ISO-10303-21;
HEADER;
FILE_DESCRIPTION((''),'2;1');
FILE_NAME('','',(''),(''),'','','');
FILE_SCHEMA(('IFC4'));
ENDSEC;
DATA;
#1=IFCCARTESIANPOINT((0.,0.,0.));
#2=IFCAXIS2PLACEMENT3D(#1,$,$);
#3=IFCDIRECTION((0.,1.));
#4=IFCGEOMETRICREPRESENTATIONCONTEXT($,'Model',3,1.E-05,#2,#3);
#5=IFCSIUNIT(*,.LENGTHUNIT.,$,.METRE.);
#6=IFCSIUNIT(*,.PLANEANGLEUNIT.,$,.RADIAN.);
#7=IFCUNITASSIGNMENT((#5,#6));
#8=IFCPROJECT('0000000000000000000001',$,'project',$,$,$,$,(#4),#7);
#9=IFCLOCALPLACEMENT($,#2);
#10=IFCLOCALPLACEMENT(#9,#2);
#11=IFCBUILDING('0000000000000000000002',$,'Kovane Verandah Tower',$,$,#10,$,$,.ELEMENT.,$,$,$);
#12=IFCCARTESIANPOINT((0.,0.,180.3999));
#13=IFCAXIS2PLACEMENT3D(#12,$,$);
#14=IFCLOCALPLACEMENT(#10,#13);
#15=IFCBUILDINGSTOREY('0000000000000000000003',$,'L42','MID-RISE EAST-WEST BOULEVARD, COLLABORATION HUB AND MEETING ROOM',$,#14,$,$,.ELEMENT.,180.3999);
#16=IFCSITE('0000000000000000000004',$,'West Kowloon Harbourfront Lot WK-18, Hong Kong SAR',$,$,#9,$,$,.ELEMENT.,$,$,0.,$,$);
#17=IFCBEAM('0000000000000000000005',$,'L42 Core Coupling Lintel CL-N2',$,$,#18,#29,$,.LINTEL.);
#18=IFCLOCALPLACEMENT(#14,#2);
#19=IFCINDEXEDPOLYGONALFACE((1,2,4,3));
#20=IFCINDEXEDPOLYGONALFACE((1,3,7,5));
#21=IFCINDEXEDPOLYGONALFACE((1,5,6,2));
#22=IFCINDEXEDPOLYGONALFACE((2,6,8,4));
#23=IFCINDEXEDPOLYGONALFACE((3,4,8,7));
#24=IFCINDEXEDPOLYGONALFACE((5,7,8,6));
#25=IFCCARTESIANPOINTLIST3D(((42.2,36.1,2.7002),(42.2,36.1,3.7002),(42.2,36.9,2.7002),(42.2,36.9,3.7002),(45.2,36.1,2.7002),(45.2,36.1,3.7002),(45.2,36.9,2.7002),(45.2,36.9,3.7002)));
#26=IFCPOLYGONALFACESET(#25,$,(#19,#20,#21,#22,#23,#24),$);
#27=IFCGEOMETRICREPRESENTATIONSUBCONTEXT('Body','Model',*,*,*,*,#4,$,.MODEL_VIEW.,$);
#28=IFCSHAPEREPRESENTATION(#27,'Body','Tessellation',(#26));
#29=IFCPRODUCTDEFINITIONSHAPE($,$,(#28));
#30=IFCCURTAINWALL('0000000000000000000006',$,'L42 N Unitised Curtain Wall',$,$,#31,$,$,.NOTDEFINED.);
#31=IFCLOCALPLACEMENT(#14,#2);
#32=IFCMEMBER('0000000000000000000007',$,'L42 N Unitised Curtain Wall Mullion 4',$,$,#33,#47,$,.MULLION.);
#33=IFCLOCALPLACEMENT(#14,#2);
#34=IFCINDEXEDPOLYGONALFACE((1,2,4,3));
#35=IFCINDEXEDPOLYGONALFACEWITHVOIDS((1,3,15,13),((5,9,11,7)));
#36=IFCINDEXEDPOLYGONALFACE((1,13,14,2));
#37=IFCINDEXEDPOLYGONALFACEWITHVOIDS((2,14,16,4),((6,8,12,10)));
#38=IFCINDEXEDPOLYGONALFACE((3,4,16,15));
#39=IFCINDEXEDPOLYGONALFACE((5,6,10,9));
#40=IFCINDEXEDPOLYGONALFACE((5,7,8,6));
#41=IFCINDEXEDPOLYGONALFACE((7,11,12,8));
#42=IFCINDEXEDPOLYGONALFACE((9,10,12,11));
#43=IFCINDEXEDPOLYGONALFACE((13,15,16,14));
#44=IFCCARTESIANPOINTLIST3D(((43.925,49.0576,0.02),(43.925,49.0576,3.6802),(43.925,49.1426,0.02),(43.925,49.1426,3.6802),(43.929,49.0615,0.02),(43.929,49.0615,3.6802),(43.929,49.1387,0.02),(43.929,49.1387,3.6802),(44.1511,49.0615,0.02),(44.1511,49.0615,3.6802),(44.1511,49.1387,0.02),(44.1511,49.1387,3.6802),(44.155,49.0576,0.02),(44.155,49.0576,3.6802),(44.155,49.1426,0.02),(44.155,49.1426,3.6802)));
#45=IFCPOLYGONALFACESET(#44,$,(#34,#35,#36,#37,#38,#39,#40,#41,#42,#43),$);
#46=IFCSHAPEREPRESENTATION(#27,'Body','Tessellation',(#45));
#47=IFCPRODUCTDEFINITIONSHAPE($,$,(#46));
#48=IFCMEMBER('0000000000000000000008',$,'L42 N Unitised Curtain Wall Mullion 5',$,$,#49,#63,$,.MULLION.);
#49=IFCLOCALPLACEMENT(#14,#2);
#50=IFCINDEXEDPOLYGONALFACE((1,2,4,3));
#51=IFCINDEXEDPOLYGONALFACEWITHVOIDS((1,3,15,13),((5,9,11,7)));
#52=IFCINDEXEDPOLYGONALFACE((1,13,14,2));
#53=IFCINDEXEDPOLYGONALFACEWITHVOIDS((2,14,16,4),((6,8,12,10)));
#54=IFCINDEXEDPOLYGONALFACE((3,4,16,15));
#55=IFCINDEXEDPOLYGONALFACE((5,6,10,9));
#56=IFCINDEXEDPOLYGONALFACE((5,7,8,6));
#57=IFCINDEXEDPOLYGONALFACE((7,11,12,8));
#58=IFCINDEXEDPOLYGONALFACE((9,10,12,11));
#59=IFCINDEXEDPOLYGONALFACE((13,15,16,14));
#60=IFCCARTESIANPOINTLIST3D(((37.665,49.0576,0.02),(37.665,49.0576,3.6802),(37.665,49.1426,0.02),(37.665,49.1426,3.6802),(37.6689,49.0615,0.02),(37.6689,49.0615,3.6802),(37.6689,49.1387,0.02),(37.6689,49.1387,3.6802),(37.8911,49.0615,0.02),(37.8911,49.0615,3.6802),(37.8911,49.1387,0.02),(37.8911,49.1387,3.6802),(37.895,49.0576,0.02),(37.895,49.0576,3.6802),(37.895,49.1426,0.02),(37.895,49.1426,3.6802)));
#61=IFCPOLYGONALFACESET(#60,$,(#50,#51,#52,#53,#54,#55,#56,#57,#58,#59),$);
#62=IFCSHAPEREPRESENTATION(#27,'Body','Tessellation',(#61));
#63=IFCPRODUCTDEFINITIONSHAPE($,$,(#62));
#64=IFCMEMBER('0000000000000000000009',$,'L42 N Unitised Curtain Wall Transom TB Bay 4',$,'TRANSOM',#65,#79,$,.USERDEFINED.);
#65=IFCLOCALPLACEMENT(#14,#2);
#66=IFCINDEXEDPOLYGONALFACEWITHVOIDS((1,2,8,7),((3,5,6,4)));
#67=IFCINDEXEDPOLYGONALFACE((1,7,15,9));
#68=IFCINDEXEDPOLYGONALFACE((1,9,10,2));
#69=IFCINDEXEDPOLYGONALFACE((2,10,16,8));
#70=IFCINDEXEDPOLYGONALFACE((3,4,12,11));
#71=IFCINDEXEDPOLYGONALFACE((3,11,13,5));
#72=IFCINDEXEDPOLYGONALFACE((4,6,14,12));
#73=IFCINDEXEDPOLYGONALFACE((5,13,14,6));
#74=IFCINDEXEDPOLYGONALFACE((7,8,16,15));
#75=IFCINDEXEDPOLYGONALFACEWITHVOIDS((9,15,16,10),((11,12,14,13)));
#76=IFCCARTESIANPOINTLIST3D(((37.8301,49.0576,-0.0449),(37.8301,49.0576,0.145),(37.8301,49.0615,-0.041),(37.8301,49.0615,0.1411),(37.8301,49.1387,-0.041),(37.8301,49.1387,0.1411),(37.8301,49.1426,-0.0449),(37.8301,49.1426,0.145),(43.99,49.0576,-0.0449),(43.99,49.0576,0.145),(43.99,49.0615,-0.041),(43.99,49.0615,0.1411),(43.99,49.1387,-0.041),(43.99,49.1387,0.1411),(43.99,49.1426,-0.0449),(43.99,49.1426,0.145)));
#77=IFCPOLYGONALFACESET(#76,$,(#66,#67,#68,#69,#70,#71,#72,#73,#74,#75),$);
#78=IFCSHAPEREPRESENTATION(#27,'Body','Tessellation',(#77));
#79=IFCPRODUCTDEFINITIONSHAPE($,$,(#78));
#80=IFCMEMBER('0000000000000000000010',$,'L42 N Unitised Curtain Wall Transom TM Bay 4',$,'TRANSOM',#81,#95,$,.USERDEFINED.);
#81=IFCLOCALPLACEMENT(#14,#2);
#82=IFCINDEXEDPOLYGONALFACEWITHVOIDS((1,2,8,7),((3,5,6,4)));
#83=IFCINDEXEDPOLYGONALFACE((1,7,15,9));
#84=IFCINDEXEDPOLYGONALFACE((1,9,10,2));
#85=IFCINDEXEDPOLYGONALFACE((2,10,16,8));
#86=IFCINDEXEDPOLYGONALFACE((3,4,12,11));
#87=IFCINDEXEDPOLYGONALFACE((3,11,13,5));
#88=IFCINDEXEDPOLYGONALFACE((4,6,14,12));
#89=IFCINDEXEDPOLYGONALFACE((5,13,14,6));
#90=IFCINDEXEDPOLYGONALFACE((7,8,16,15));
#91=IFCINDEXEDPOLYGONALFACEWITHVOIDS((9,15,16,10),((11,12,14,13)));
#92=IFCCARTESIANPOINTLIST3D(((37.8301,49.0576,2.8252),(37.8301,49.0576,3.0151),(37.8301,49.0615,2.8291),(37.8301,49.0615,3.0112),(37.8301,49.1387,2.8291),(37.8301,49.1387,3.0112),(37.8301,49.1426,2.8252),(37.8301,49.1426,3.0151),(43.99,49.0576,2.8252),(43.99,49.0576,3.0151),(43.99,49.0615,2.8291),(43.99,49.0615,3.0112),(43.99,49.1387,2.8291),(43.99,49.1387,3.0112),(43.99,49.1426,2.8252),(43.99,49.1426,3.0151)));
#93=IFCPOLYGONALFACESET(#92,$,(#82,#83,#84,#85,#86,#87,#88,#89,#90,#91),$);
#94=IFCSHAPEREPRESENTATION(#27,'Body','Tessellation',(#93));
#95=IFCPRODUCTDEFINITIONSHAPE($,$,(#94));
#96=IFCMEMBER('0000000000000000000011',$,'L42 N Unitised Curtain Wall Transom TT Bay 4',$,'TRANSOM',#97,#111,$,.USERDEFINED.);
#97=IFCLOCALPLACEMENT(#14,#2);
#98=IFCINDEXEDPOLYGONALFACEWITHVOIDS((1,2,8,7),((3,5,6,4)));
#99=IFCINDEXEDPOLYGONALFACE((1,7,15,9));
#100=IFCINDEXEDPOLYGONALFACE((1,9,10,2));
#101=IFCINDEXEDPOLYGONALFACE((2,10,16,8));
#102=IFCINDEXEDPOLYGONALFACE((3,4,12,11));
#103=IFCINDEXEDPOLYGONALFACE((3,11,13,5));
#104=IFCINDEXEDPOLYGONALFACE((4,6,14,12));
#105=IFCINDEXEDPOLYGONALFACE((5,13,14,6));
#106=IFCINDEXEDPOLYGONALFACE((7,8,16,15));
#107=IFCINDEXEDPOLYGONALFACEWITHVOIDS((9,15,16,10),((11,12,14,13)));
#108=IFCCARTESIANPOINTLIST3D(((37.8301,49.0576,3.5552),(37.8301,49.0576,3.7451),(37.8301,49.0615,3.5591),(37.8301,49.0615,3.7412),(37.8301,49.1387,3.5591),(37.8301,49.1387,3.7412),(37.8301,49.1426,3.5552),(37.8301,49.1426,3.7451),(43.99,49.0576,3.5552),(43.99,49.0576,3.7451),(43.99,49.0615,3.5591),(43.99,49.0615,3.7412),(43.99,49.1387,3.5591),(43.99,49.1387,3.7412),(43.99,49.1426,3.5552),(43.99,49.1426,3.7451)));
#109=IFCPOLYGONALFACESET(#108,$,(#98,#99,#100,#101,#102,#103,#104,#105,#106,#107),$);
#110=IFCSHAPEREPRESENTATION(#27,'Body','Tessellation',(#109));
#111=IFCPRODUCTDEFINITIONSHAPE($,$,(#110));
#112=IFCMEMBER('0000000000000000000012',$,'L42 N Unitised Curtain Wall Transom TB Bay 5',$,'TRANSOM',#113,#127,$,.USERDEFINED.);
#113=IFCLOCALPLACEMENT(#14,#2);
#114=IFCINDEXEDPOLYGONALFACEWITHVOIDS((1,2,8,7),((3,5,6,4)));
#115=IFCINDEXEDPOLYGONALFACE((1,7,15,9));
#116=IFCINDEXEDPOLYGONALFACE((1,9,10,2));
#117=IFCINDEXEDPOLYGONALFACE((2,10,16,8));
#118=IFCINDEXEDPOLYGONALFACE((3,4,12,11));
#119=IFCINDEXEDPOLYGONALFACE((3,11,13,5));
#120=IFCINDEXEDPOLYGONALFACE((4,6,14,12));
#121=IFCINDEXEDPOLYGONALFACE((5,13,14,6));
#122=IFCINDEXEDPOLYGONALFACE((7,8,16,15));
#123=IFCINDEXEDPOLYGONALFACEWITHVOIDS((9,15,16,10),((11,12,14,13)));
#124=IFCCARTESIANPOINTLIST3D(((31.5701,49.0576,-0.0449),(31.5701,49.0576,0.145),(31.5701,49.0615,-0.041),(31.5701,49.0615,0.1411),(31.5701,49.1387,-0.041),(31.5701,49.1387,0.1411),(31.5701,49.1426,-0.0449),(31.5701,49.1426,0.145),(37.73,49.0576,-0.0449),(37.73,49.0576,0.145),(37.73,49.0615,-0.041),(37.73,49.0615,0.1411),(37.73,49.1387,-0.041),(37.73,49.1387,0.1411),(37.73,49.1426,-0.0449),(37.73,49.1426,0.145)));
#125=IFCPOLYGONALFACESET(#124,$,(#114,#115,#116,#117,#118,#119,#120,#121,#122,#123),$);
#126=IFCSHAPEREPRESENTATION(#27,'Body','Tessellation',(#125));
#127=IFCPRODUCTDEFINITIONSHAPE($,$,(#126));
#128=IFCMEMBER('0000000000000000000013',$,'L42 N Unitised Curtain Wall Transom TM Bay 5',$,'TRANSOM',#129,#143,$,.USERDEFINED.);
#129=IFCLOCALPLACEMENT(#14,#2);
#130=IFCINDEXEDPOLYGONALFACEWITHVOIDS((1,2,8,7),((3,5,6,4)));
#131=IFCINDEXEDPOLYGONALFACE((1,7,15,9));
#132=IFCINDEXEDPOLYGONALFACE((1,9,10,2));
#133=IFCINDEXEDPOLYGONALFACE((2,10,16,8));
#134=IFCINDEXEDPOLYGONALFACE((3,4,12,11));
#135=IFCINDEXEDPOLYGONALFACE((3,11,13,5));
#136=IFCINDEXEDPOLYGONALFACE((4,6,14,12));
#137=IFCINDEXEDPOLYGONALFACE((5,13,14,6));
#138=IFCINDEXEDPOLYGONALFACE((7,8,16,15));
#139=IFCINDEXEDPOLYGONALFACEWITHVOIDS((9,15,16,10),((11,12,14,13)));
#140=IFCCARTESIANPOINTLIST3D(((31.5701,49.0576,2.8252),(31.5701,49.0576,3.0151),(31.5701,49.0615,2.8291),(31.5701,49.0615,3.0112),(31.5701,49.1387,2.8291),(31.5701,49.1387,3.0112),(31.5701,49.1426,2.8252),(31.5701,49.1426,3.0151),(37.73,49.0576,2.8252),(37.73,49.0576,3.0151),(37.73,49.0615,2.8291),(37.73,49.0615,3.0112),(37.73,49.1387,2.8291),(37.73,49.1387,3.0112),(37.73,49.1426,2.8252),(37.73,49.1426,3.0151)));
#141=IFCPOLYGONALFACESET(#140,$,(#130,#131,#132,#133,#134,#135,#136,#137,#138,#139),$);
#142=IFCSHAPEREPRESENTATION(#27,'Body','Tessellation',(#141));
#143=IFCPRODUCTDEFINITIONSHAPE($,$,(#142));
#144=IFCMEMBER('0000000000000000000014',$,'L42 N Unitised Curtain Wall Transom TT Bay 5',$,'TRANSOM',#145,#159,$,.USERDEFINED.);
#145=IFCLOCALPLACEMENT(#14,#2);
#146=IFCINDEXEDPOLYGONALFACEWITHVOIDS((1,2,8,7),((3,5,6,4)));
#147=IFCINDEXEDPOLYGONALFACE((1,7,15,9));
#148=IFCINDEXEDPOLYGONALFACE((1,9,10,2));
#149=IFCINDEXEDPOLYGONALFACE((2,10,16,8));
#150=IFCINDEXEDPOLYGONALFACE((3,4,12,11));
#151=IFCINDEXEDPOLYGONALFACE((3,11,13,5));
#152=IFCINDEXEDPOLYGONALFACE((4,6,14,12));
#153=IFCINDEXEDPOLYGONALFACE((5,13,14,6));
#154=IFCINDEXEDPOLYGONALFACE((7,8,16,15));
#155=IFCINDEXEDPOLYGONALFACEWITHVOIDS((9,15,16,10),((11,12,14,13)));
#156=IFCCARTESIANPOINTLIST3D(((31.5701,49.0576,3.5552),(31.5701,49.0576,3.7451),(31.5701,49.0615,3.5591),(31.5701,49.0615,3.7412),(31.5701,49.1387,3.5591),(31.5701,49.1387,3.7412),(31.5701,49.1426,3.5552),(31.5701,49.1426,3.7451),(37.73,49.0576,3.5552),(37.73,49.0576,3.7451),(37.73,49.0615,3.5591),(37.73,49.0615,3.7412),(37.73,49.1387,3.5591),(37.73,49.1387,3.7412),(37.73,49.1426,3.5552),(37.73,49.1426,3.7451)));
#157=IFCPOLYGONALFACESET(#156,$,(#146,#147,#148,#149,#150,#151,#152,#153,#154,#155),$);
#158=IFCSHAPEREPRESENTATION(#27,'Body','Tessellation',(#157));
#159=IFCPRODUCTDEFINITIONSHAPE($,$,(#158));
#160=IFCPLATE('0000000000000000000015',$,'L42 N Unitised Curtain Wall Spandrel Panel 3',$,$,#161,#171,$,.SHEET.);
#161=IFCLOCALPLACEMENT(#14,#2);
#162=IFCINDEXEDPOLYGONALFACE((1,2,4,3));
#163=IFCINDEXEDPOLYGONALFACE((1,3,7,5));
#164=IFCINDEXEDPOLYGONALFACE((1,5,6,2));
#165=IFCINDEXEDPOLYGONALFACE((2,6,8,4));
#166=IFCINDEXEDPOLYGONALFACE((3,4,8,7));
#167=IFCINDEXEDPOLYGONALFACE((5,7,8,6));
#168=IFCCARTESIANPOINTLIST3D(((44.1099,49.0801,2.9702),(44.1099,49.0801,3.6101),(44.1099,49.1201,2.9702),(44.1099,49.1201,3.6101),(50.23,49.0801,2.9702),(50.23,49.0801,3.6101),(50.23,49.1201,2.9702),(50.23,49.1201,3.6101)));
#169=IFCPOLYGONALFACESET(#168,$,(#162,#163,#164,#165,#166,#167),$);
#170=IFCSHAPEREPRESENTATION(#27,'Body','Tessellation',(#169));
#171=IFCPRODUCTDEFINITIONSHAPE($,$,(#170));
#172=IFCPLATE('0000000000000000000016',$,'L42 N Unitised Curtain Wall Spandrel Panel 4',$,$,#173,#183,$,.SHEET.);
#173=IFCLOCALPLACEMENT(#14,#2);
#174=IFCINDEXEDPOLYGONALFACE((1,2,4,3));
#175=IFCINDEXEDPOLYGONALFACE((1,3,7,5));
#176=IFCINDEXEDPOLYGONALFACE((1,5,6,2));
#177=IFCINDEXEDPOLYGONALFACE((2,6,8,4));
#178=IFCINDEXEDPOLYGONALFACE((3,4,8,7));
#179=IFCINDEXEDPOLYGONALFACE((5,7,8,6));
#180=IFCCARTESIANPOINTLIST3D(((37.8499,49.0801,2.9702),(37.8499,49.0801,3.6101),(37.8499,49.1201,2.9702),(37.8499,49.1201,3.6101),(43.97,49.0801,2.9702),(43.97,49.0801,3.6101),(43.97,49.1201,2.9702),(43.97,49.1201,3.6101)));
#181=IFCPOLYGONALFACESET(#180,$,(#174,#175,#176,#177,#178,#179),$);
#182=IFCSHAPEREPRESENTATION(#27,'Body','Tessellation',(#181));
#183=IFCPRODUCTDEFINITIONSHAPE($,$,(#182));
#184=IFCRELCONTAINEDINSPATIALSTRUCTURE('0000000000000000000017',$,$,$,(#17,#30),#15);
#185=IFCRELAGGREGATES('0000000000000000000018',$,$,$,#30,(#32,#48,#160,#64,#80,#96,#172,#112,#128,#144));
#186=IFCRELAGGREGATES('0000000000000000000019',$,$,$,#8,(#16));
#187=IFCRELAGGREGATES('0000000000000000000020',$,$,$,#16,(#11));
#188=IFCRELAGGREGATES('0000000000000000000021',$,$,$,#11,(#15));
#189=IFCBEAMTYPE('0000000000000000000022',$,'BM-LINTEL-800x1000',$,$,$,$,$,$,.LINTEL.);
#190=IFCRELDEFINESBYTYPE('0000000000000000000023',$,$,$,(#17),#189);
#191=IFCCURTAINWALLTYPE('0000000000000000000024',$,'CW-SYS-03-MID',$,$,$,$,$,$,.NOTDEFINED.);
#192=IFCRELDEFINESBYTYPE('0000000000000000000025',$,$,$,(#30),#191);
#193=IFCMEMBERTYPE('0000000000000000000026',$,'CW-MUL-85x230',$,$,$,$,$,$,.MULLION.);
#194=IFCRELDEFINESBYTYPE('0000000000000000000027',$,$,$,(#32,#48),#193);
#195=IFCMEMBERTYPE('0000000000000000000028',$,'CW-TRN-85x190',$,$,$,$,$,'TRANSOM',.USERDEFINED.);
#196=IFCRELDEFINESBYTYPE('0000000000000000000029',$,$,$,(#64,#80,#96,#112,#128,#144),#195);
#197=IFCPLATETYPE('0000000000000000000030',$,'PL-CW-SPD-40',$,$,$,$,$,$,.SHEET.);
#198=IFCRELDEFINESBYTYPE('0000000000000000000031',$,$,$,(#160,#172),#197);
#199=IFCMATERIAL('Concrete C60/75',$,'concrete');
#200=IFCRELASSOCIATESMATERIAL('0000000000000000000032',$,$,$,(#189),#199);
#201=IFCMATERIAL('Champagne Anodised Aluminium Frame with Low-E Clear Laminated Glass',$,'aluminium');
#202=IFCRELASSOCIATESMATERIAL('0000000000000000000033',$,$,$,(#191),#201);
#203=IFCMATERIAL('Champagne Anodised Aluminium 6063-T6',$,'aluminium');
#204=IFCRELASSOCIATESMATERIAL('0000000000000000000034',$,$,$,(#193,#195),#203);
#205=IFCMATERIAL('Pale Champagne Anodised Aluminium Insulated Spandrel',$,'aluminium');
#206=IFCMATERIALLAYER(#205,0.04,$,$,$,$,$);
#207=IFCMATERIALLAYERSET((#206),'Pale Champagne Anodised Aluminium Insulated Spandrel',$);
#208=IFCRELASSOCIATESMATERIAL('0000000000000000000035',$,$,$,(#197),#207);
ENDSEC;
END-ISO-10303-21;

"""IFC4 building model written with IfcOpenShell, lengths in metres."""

from ifc_helpers import new_model, si_unit, direction, frame, origin, origin_2d, place, context, subcontext, project, spatial, rectangle, hollow_rectangle, extrude, material, layer, layer_set, material_profile, profile_set, type_object, element, aggregate, save


model = new_model("IFC4")

# Units and contexts
model_context = context("Model", 3, precision=1e-05, world=origin(), true_north=direction((0.0, 1.0)))
body_context = subcontext(model_context, "Body", "Model", "MODEL_VIEW")
ifc_project = project(units=[si_unit("LENGTHUNIT", "METRE"), si_unit("PLANEANGLEUNIT", "RADIAN")], contexts=[model_context])

# Site, building, storey
site_placement = place(None, origin())
site = spatial("IfcSite", under=ifc_project, at=site_placement, Name="West Kowloon Harbourfront Lot WK-18, Hong Kong SAR", CompositionType="ELEMENT", RefElevation=0.0)
building_placement = place(site_placement, origin())
building = spatial("IfcBuilding", under=site, at=building_placement, Name="Kovane Verandah Tower", CompositionType="ELEMENT")
storey_placement = place(building_placement, frame((0.0, 0.0, 180.3999)))
storey = spatial("IfcBuildingStorey", under=building, at=storey_placement, Name="L42", Description="MID-RISE EAST-WEST BOULEVARD, COLLABORATION HUB AND MEETING ROOM", CompositionType="ELEMENT", Elevation=180.3999)

# Beam
ifc_material_1 = material(Name="Concrete C60/75", Category="concrete")
ifc_material_profile_1 = material_profile(ifc_material_1, rectangle(XDim=0.8, YDim=1.0, at=origin_2d()), Name="RCB800x1000")
ifc_profile_set_1 = profile_set([ifc_material_profile_1], Name="Concrete C60/75")
beam_type = type_object("IfcBeamType", Name="BM-LINTEL-800x1000", PredefinedType="LINTEL", material=ifc_profile_set_1)
beam_placement = place(storey_placement, frame((42.2, 36.5, 3.2002), z_axis=(1.0, 0.0, 0.0), x_axis=(0.0, 1.0, 0.0)))
element("IfcBeam", 1, at=beam_placement, inside=storey, type_object=beam_type, Name="L42 Core Coupling Lintel CL-N2", PredefinedType="LINTEL", context=body_context, shape_type="SweptSolid", body=[
    extrude(rectangle(XDim=0.8, YDim=1.0, at=origin_2d()), origin(), (0.0, 0.0, 1.0), 3.0),
])

# Curtain wall, members, plates
ifc_material_2 = material(Name="Champagne Anodised Aluminium Frame with Low-E Clear Laminated Glass", Category="aluminium")
curtain_wall_type = type_object("IfcCurtainWallType", Name="CW-SYS-03-MID", PredefinedType="NOTDEFINED", material=ifc_material_2)
curtain_wall_placement = place(storey_placement, origin())
curtain_wall = element("IfcCurtainWall", 2, at=curtain_wall_placement, inside=storey, type_object=curtain_wall_type, Name="L42 N Unitised Curtain Wall", PredefinedType="NOTDEFINED")
ifc_material_3 = material(Name="Champagne Anodised Aluminium 6063-T6", Category="aluminium")
ifc_material_profile_2 = material_profile(ifc_material_3, hollow_rectangle(XDim=0.085, YDim=0.23, WallThickness=0.0039, at=origin_2d()), Name="AL85x230x4")
ifc_profile_set_2 = profile_set([ifc_material_profile_2], Name="Champagne Anodised Aluminium 6063-T6")
member_type_1 = type_object("IfcMemberType", Name="CW-MUL-85x230", PredefinedType="MULLION", material=ifc_profile_set_2)
member_1_placement = place(storey_placement, frame((44.04, 49.1001, 0.02), z_axis=(0.0, 0.0, 1.0), x_axis=(0.0, 1.0, 0.0)))
member_1 = element("IfcMember", 3, at=member_1_placement, type_object=member_type_1, Name="L42 N Unitised Curtain Wall Mullion 4", PredefinedType="MULLION", context=body_context, shape_type="SweptSolid", body=[
    extrude(hollow_rectangle(XDim=0.085, YDim=0.23, WallThickness=0.0039, at=origin_2d()), origin(), (0.0, 0.0, 1.0), 3.6602),
])
member_2_placement = place(storey_placement, frame((37.78, 49.1001, 0.02), z_axis=(0.0, 0.0, 1.0), x_axis=(0.0, 1.0, 0.0)))
member_2 = element("IfcMember", 4, at=member_2_placement, type_object=member_type_1, Name="L42 N Unitised Curtain Wall Mullion 5", PredefinedType="MULLION", context=body_context, shape_type="SweptSolid", body=[
    extrude(hollow_rectangle(XDim=0.085, YDim=0.23, WallThickness=0.0039, at=origin_2d()), origin(), (0.0, 0.0, 1.0), 3.6602),
])
ifc_material_profile_3 = material_profile(ifc_material_3, hollow_rectangle(XDim=0.085, YDim=0.1899, WallThickness=0.0039, at=origin_2d()), Name="AL85x190x4")
ifc_profile_set_3 = profile_set([ifc_material_profile_3], Name="Champagne Anodised Aluminium 6063-T6")
member_type_2 = type_object("IfcMemberType", Name="CW-TRN-85x190", ElementType="TRANSOM", PredefinedType="USERDEFINED", material=ifc_profile_set_3)
member_3_placement = place(storey_placement, frame((43.99, 49.1001, 0.05), z_axis=(-1.0, 0.0, 0.0), x_axis=(0.0, -1.0, 0.0)))
member_3 = element("IfcMember", 5, at=member_3_placement, type_object=member_type_2, Name="L42 N Unitised Curtain Wall Transom TB Bay 4", ObjectType="TRANSOM", PredefinedType="USERDEFINED", context=body_context, shape_type="SweptSolid", body=[
    extrude(hollow_rectangle(XDim=0.085, YDim=0.1899, WallThickness=0.0039, at=origin_2d()), origin(), (0.0, 0.0, 1.0), 6.1599),
])
member_4_placement = place(storey_placement, frame((43.99, 49.1001, 2.9202), z_axis=(-1.0, 0.0, 0.0), x_axis=(0.0, -1.0, 0.0)))
member_4 = element("IfcMember", 6, at=member_4_placement, type_object=member_type_2, Name="L42 N Unitised Curtain Wall Transom TM Bay 4", ObjectType="TRANSOM", PredefinedType="USERDEFINED", context=body_context, shape_type="SweptSolid", body=[
    extrude(hollow_rectangle(XDim=0.085, YDim=0.1899, WallThickness=0.0039, at=origin_2d()), origin(), (0.0, 0.0, 1.0), 6.1599),
])
member_5_placement = place(storey_placement, frame((43.99, 49.1001, 3.6501), z_axis=(-1.0, 0.0, 0.0), x_axis=(0.0, -1.0, 0.0)))
member_5 = element("IfcMember", 7, at=member_5_placement, type_object=member_type_2, Name="L42 N Unitised Curtain Wall Transom TT Bay 4", ObjectType="TRANSOM", PredefinedType="USERDEFINED", context=body_context, shape_type="SweptSolid", body=[
    extrude(hollow_rectangle(XDim=0.085, YDim=0.1899, WallThickness=0.0039, at=origin_2d()), origin(), (0.0, 0.0, 1.0), 6.1599),
])
member_6_placement = place(storey_placement, frame((37.73, 49.1001, 0.05), z_axis=(-1.0, 0.0, 0.0), x_axis=(0.0, -1.0, 0.0)))
member_6 = element("IfcMember", 8, at=member_6_placement, type_object=member_type_2, Name="L42 N Unitised Curtain Wall Transom TB Bay 5", ObjectType="TRANSOM", PredefinedType="USERDEFINED", context=body_context, shape_type="SweptSolid", body=[
    extrude(hollow_rectangle(XDim=0.085, YDim=0.1899, WallThickness=0.0039, at=origin_2d()), origin(), (0.0, 0.0, 1.0), 6.1599),
])
member_7_placement = place(storey_placement, frame((37.73, 49.1001, 2.9202), z_axis=(-1.0, 0.0, 0.0), x_axis=(0.0, -1.0, 0.0)))
member_7 = element("IfcMember", 9, at=member_7_placement, type_object=member_type_2, Name="L42 N Unitised Curtain Wall Transom TM Bay 5", ObjectType="TRANSOM", PredefinedType="USERDEFINED", context=body_context, shape_type="SweptSolid", body=[
    extrude(hollow_rectangle(XDim=0.085, YDim=0.1899, WallThickness=0.0039, at=origin_2d()), origin(), (0.0, 0.0, 1.0), 6.1599),
])
member_8_placement = place(storey_placement, frame((37.73, 49.1001, 3.6501), z_axis=(-1.0, 0.0, 0.0), x_axis=(0.0, -1.0, 0.0)))
member_8 = element("IfcMember", 10, at=member_8_placement, type_object=member_type_2, Name="L42 N Unitised Curtain Wall Transom TT Bay 5", ObjectType="TRANSOM", PredefinedType="USERDEFINED", context=body_context, shape_type="SweptSolid", body=[
    extrude(hollow_rectangle(XDim=0.085, YDim=0.1899, WallThickness=0.0039, at=origin_2d()), origin(), (0.0, 0.0, 1.0), 6.1599),
])
ifc_material_4 = material(Name="Pale Champagne Anodised Aluminium Insulated Spandrel", Category="aluminium")
ifc_layer_1 = layer(ifc_material_4, 0.04)
ifc_layer_set_1 = layer_set([ifc_layer_1], Name="Pale Champagne Anodised Aluminium Insulated Spandrel")
plate_type_1 = type_object("IfcPlateType", Name="PL-CW-SPD-40", PredefinedType="SHEET", material=ifc_layer_set_1)
plate_1_placement = place(storey_placement, frame((47.1699, 49.1001, 2.9702), z_axis=(0.0, 0.0, 1.0), x_axis=(-1.0, 0.0, 0.0)))
plate_1 = element("IfcPlate", 11, at=plate_1_placement, type_object=plate_type_1, Name="L42 N Unitised Curtain Wall Spandrel Panel 3", PredefinedType="SHEET", context=body_context, shape_type="SweptSolid", body=[
    extrude(rectangle(XDim=6.1201, YDim=0.04, at=origin_2d()), origin(), (0.0, 0.0, 1.0), 0.6399),
])
plate_2_placement = place(storey_placement, frame((40.9099, 49.1001, 2.9702), z_axis=(0.0, 0.0, 1.0), x_axis=(-1.0, 0.0, 0.0)))
plate_2 = element("IfcPlate", 12, at=plate_2_placement, type_object=plate_type_1, Name="L42 N Unitised Curtain Wall Spandrel Panel 4", PredefinedType="SHEET", context=body_context, shape_type="SweptSolid", body=[
    extrude(rectangle(XDim=6.1201, YDim=0.04, at=origin_2d()), origin(), (0.0, 0.0, 1.0), 0.6399),
])
aggregate(curtain_wall, [member_1, member_2, plate_1, member_3, member_4, member_5, plate_2, member_6, member_7, member_8])

save(model, "model.ifc")
